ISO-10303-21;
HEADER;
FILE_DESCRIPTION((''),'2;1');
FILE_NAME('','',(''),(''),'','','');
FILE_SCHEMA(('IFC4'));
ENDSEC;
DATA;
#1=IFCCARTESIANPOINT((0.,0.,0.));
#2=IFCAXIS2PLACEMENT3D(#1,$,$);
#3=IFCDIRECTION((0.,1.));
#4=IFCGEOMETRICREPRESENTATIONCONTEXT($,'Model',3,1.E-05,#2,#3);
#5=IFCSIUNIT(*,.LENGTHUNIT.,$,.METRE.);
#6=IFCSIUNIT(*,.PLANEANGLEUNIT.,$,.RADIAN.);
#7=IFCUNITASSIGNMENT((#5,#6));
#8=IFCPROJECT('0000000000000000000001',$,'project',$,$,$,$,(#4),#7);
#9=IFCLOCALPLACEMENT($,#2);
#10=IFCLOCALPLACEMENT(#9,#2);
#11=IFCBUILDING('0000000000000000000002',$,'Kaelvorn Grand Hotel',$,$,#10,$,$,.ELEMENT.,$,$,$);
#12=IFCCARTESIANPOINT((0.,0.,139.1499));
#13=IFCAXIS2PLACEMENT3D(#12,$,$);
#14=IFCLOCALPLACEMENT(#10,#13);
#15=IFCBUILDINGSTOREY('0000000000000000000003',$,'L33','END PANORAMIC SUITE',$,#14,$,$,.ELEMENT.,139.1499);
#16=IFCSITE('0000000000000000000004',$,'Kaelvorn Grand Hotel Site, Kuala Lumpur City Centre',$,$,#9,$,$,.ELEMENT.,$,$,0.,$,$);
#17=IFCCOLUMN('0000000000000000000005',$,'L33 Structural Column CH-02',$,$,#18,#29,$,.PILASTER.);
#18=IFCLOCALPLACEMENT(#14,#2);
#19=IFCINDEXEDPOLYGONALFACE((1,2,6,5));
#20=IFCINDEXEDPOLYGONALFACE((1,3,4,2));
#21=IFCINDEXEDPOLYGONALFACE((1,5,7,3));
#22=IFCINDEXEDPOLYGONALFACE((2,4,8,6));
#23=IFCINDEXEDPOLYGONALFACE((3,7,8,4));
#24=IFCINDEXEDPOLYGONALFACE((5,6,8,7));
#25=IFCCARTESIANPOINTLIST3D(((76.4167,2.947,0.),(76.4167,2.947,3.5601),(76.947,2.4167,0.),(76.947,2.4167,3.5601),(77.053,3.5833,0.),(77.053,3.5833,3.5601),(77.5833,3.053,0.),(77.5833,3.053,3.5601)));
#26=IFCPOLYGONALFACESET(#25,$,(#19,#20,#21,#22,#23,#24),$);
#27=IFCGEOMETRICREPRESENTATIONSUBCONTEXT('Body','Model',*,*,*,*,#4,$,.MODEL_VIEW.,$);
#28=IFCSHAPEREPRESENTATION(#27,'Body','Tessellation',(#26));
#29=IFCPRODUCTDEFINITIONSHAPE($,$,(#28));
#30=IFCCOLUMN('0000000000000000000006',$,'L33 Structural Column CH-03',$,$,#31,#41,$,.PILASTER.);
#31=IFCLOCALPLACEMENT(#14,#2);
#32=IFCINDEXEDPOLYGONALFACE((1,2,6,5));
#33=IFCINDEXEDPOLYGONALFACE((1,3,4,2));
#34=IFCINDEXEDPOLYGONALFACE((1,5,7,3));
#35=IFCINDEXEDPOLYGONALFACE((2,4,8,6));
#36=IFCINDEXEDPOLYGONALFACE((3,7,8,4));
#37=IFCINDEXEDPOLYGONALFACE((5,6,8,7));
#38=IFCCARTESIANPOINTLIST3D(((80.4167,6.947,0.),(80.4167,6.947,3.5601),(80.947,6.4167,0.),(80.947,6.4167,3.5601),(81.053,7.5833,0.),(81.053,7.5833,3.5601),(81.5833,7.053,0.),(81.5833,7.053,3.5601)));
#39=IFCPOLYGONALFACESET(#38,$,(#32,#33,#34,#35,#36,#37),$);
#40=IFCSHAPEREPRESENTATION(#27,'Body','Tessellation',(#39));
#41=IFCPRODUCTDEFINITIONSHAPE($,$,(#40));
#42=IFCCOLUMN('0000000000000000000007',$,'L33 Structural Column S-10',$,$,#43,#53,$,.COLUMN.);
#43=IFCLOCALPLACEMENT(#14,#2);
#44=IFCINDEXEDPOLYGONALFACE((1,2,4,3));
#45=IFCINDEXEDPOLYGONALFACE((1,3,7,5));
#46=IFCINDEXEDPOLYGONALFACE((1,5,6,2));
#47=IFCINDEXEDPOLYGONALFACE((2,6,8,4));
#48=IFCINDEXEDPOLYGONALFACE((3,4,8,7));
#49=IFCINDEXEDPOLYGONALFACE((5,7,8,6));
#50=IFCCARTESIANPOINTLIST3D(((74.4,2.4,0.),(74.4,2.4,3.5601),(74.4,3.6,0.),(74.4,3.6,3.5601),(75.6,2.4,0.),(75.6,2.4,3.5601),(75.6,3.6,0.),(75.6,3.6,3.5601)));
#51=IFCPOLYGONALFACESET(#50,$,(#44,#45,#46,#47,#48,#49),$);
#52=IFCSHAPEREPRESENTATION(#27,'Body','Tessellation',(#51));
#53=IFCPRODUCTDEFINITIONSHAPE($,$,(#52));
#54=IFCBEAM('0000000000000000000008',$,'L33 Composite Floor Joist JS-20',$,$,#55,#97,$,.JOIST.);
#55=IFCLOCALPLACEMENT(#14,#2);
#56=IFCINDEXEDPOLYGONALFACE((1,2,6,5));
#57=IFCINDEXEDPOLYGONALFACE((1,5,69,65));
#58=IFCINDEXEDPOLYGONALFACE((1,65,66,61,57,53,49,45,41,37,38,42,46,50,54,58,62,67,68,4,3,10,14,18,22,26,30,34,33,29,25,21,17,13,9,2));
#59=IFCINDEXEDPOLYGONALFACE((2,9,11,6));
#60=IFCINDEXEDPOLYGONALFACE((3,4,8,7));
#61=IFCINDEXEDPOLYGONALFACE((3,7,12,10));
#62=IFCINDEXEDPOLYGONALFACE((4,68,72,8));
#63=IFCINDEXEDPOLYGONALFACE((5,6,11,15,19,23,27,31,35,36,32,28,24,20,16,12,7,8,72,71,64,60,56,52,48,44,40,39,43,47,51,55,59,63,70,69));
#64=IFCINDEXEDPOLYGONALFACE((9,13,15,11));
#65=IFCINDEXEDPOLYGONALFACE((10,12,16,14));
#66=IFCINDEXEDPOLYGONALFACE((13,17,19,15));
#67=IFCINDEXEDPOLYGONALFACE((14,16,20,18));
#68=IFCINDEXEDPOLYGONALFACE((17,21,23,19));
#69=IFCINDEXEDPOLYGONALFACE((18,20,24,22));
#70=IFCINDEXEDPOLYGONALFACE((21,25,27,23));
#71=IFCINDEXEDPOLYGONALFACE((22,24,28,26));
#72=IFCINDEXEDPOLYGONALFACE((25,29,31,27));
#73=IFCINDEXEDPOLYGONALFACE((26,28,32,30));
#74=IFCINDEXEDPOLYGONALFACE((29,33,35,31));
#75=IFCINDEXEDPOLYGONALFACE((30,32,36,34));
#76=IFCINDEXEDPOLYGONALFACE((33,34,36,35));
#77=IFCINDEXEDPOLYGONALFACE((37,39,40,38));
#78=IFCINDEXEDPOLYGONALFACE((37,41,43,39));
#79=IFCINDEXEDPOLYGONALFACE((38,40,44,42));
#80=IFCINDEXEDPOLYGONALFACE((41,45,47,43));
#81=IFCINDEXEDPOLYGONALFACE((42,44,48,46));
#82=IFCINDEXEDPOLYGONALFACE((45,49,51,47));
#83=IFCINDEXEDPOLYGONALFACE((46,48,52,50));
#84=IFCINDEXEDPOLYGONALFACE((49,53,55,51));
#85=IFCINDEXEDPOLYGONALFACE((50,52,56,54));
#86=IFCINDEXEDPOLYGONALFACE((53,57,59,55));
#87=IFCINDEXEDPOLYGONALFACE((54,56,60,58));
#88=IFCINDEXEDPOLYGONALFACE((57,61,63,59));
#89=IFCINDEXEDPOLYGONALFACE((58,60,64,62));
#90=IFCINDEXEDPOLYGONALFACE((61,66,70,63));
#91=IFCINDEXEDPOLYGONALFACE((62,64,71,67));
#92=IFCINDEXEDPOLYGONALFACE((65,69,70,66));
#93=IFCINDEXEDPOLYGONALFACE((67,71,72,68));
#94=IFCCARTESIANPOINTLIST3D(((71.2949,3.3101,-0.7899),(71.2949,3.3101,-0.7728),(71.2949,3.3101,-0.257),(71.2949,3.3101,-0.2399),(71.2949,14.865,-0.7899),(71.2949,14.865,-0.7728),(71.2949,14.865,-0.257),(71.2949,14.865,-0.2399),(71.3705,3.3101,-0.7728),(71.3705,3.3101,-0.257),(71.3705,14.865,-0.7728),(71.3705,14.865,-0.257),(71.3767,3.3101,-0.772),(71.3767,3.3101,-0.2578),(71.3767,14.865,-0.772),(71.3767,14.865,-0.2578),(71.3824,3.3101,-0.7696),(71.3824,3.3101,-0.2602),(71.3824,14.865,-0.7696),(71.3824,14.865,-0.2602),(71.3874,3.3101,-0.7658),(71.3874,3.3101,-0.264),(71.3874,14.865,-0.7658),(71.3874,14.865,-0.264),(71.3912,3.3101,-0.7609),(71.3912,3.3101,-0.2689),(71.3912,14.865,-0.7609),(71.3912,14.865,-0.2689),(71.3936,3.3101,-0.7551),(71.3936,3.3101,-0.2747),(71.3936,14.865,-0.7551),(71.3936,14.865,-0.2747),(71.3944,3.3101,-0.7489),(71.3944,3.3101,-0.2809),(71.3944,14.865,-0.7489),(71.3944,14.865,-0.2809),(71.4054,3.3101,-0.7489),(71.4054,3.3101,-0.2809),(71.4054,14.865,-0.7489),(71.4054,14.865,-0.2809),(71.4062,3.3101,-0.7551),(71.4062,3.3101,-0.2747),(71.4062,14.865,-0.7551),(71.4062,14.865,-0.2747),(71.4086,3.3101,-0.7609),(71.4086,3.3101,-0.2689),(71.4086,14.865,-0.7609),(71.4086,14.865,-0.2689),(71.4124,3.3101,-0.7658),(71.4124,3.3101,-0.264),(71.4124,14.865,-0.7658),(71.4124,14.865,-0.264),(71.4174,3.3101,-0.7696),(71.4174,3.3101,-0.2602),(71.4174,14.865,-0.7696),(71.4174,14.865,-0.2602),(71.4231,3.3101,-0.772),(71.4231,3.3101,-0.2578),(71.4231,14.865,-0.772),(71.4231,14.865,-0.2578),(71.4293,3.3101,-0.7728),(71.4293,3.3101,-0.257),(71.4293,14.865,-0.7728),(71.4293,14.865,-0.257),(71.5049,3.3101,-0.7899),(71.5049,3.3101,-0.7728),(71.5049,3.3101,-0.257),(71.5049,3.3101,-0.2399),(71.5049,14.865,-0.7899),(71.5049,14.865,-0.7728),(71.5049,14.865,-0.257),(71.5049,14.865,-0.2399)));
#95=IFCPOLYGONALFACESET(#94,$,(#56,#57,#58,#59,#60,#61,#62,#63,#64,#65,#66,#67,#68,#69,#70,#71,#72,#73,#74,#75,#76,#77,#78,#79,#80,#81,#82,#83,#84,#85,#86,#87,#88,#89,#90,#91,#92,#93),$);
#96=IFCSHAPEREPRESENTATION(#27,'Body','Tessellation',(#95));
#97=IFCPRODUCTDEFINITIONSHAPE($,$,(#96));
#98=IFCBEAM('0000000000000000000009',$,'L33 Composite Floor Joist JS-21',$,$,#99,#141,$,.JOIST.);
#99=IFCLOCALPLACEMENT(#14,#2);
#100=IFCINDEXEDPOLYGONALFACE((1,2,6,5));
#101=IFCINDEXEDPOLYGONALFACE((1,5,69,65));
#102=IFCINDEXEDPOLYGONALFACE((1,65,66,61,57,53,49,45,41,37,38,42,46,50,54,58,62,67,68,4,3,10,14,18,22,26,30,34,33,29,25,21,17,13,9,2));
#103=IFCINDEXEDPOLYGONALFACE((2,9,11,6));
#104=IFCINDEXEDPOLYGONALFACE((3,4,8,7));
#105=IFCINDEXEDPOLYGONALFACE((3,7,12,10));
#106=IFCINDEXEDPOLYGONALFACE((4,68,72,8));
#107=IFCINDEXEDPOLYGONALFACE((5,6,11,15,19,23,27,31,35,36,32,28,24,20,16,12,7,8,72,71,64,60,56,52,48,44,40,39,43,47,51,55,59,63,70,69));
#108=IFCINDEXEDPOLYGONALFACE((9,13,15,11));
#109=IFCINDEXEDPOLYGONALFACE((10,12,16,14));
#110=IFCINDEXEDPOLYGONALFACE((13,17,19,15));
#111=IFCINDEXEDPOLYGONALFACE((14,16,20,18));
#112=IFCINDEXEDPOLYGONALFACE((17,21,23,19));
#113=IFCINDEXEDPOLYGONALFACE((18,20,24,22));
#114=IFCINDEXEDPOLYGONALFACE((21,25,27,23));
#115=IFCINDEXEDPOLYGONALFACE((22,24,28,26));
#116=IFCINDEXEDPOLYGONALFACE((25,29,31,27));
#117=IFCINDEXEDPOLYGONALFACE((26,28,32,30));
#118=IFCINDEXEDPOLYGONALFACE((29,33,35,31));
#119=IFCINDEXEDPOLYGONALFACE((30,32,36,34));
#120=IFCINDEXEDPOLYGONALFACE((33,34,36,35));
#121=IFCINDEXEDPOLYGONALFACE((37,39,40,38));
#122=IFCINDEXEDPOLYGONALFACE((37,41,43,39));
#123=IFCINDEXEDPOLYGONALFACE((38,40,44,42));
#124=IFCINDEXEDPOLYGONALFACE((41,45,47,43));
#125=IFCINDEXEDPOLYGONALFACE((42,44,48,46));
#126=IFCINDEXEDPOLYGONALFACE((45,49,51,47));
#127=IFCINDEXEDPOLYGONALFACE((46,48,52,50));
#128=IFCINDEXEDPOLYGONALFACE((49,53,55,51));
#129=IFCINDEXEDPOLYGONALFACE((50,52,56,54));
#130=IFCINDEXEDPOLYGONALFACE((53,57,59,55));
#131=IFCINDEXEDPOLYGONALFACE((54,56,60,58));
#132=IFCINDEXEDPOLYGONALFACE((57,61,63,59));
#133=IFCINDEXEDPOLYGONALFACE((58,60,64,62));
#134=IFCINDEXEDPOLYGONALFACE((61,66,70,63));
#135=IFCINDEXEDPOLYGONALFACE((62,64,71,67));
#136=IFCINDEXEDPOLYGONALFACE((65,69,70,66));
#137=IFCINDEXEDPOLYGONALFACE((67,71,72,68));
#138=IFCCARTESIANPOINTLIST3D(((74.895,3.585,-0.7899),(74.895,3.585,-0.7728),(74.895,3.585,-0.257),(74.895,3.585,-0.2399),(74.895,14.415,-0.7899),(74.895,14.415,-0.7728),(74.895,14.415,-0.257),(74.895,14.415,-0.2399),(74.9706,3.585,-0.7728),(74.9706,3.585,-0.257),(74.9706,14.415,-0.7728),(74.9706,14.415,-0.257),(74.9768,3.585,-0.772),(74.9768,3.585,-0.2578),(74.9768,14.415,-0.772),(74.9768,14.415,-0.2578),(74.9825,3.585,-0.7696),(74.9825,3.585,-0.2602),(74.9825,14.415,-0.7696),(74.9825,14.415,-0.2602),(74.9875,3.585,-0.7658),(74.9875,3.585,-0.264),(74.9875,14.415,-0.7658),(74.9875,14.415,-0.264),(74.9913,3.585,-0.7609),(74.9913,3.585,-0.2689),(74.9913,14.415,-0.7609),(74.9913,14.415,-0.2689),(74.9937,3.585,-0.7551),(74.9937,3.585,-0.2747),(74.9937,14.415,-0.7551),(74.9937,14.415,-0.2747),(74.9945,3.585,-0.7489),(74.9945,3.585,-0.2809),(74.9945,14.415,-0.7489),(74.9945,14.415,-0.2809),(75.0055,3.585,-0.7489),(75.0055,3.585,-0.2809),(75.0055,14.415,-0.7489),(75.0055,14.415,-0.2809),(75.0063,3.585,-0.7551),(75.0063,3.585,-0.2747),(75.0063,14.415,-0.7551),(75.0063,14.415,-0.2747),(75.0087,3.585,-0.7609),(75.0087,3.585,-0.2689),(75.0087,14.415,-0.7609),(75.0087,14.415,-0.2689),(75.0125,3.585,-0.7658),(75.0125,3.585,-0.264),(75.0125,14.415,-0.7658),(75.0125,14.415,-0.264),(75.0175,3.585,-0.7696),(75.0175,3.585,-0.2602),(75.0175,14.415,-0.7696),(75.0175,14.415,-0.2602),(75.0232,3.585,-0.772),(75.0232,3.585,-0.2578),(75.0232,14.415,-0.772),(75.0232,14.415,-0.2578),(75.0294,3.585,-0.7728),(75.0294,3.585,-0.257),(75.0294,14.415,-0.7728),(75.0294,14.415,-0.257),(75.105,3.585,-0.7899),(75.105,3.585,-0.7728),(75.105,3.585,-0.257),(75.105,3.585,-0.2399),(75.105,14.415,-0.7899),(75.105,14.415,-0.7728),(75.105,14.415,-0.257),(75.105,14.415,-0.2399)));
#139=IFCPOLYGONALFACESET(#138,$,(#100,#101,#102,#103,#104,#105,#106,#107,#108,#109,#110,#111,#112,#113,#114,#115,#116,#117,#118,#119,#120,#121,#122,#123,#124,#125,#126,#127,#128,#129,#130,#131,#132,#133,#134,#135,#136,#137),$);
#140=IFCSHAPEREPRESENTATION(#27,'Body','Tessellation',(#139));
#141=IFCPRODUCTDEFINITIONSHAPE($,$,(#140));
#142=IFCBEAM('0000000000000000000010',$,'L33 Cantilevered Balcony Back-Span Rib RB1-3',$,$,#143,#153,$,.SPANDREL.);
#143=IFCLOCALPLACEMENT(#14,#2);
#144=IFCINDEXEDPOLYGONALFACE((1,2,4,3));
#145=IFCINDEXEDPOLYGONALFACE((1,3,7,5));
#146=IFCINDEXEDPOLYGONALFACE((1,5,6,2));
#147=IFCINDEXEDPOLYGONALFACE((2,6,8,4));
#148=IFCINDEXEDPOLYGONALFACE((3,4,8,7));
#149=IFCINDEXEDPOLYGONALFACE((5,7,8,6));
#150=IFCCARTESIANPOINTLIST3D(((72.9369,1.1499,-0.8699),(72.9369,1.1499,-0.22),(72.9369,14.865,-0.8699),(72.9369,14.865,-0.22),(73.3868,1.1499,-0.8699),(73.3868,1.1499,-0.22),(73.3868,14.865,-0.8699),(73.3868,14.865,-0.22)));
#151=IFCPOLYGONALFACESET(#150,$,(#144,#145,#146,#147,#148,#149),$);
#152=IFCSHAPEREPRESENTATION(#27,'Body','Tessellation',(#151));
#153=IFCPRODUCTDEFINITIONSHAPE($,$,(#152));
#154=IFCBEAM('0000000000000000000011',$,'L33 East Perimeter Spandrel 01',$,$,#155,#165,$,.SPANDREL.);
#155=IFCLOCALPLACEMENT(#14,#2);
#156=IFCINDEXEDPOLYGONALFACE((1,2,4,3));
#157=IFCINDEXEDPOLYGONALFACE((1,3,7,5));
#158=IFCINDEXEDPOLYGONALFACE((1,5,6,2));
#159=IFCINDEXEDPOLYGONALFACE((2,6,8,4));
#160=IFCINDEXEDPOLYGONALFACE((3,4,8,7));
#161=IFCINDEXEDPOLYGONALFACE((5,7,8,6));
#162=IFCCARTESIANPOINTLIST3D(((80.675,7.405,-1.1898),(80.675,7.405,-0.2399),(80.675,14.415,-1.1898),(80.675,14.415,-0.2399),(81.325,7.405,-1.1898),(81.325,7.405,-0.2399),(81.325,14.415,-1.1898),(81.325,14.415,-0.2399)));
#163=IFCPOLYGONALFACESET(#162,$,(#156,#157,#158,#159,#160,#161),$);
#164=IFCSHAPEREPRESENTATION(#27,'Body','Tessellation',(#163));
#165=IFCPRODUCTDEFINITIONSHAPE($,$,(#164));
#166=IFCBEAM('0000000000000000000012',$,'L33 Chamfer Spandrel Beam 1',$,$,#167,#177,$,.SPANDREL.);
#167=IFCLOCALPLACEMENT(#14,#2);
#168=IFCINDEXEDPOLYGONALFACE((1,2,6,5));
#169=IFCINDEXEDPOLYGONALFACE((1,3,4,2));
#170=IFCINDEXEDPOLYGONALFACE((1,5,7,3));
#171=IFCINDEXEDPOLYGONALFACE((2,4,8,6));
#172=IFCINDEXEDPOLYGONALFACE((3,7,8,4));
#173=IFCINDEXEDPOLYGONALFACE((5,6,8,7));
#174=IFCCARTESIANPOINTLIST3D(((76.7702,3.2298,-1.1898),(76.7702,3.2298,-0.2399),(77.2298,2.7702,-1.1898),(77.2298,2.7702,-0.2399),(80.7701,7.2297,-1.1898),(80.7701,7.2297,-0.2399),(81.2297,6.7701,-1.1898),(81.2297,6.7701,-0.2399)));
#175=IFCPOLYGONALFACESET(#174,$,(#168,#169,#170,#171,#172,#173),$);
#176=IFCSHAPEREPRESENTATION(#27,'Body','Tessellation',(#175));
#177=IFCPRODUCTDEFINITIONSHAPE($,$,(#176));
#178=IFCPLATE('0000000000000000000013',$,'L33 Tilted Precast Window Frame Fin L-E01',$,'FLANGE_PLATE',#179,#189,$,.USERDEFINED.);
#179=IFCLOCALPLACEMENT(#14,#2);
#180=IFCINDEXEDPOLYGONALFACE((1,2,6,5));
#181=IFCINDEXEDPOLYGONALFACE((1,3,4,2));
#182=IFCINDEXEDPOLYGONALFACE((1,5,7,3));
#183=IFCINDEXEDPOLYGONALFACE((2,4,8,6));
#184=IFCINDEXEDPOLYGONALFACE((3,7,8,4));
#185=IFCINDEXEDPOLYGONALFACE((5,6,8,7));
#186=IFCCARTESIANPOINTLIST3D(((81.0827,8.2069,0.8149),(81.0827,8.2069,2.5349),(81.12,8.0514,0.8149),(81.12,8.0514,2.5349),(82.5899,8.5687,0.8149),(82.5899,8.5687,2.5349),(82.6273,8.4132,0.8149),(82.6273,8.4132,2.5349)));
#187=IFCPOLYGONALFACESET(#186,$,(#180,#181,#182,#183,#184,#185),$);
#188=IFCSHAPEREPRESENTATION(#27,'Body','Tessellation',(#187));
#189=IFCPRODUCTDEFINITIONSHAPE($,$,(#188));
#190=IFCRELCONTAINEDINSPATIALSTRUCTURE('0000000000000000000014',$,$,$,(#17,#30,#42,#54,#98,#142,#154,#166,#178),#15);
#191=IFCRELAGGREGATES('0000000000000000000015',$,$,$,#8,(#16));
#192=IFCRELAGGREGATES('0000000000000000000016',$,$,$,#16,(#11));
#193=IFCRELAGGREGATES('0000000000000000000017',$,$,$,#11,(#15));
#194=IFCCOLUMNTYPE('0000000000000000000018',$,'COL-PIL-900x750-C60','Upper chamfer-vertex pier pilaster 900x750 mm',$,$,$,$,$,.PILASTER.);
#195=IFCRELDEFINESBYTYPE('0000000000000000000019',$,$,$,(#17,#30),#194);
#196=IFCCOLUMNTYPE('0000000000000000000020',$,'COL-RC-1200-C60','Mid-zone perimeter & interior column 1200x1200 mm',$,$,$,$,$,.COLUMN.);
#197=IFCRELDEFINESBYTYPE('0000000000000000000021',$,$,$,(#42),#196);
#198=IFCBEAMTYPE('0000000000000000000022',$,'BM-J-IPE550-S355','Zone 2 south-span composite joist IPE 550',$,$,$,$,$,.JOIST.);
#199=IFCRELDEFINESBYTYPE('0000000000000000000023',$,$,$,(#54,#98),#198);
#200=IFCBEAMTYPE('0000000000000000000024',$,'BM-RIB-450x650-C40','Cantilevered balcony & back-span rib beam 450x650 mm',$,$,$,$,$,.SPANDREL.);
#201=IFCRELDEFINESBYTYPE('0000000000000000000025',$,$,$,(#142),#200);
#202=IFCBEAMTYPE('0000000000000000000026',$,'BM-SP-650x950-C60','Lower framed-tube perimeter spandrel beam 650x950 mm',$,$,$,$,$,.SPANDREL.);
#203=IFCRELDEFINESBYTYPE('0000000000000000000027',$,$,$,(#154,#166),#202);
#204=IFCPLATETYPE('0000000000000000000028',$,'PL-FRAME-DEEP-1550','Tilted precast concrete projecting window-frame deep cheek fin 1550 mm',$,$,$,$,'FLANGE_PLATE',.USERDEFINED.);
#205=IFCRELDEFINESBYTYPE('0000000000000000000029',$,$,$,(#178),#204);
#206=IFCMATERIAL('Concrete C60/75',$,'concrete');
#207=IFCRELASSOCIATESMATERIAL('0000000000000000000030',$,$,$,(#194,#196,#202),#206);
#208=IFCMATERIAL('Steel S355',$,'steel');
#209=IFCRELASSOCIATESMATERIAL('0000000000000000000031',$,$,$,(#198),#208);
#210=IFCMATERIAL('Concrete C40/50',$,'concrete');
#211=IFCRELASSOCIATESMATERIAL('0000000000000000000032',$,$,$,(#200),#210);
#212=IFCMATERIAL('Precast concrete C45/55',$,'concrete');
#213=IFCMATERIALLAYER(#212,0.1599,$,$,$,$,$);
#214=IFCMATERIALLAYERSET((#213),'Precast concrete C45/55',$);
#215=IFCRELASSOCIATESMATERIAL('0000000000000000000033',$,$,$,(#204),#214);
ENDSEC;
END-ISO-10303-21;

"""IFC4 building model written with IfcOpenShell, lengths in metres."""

from ifc_helpers import new_model, si_unit, direction, frame, origin, origin_2d, place, context, subcontext, project, spatial, rectangle, i_section, extrude, material, layer, layer_set, material_profile, profile_set, type_object, element, save


model = new_model("IFC4")

# Units and contexts
model_context = context("Model", 3, precision=1e-05, world=origin(), true_north=direction((0.0, 1.0)))
body_context = subcontext(model_context, "Body", "Model", "MODEL_VIEW")
ifc_project = project(units=[si_unit("LENGTHUNIT", "METRE"), si_unit("PLANEANGLEUNIT", "RADIAN")], contexts=[model_context])

# Site, building, storey
site_placement = place(None, origin())
site = spatial("IfcSite", under=ifc_project, at=site_placement, Name="Kaelvorn Grand Hotel Site, Kuala Lumpur City Centre", CompositionType="ELEMENT", RefElevation=0.0)
building_placement = place(site_placement, origin())
building = spatial("IfcBuilding", under=site, at=building_placement, Name="Kaelvorn Grand Hotel", CompositionType="ELEMENT")
storey_placement = place(building_placement, frame((0.0, 0.0, 139.1499)))
storey = spatial("IfcBuildingStorey", under=building, at=storey_placement, Name="L33", Description="END PANORAMIC SUITE", CompositionType="ELEMENT", Elevation=139.1499)

# Columns
ifc_material_1 = material(Name="Concrete C60/75", Category="concrete")
ifc_material_profile_1 = material_profile(ifc_material_1, rectangle(XDim=0.8999, YDim=0.75, at=origin_2d()), Name="RC PILASTER 900x750")
ifc_profile_set_1 = profile_set([ifc_material_profile_1], Name="Concrete C60/75")
column_type_1 = type_object("IfcColumnType", Name="COL-PIL-900x750-C60", Description="Upper chamfer-vertex pier pilaster 900x750 mm", PredefinedType="PILASTER", material=ifc_profile_set_1)
for number, where, z_axis, x_axis, name in (
    (1, (77.0, 3.0, 0.0), (0.0, 0.0, 1.0), (0.707107, 0.707107, 0.0), "L33 Structural Column CH-02"),
    (2, (81.0, 7.0, 0.0), (0.0, 0.0, 1.0), (0.707107, 0.707107, 0.0), "L33 Structural Column CH-03"),
):
    element("IfcColumn", number, at=place(storey_placement, frame(where, z_axis=z_axis, x_axis=x_axis)), inside=storey, type_object=column_type_1, Name=name, PredefinedType="PILASTER", context=body_context, shape_type="SweptSolid", body=[
        extrude(rectangle(XDim=0.8999, YDim=0.75, at=origin_2d()), origin(), (0.0, 0.0, 1.0), 3.5601),
    ])
ifc_material_profile_2 = material_profile(ifc_material_1, rectangle(XDim=1.2, YDim=1.2, at=origin_2d()), Name="RC COL 1200x1200")
ifc_profile_set_2 = profile_set([ifc_material_profile_2], Name="Concrete C60/75")
column_type_2 = type_object("IfcColumnType", Name="COL-RC-1200-C60", Description="Mid-zone perimeter & interior column 1200x1200 mm", PredefinedType="COLUMN", material=ifc_profile_set_2)
column_placement = place(storey_placement, frame((75.0, 3.0, 0.0), z_axis=(0.0, 0.0, 1.0), x_axis=(1.0, 0.0, 0.0)))
element("IfcColumn", 3, at=column_placement, inside=storey, type_object=column_type_2, Name="L33 Structural Column S-10", PredefinedType="COLUMN", context=body_context, shape_type="SweptSolid", body=[
    extrude(rectangle(XDim=1.2, YDim=1.2, at=origin_2d()), origin(), (0.0, 0.0, 1.0), 3.5601),
])

# Beams
ifc_material_2 = material(Name="Steel S355", Category="steel")
ifc_material_profile_3 = material_profile(ifc_material_2, i_section(OverallWidth=0.21, OverallDepth=0.55, WebThickness=0.011, FlangeThickness=0.0171, FilletRadius=0.0239, at=origin_2d()), Name="IPE 550")
ifc_profile_set_3 = profile_set([ifc_material_profile_3], Name="Steel S355")
beam_type_1 = type_object("IfcBeamType", Name="BM-J-IPE550-S355", Description="Zone 2 south-span composite joist IPE 550", PredefinedType="JOIST", material=ifc_profile_set_3)
beam_1_placement = place(storey_placement, frame((71.3999, 3.3101, -0.5149), z_axis=(0.0, 1.0, 0.0), x_axis=(-1.0, 0.0, 0.0)))
element("IfcBeam", 4, at=beam_1_placement, inside=storey, type_object=beam_type_1, Name="L33 Composite Floor Joist JS-20", PredefinedType="JOIST", context=body_context, shape_type="SweptSolid", body=[
    extrude(i_section(OverallWidth=0.21, OverallDepth=0.55, WebThickness=0.011, FlangeThickness=0.0171, FilletRadius=0.0239, at=origin_2d()), origin(), (0.0, 0.0, 1.0), 11.5549),
])
beam_2_placement = place(storey_placement, frame((75.0, 3.585, -0.5149), z_axis=(0.0, 1.0, 0.0), x_axis=(-1.0, 0.0, 0.0)))
element("IfcBeam", 5, at=beam_2_placement, inside=storey, type_object=beam_type_1, Name="L33 Composite Floor Joist JS-21", PredefinedType="JOIST", context=body_context, shape_type="SweptSolid", body=[
    extrude(i_section(OverallWidth=0.21, OverallDepth=0.55, WebThickness=0.011, FlangeThickness=0.0171, FilletRadius=0.0239, at=origin_2d()), origin(), (0.0, 0.0, 1.0), 10.8301),
])
ifc_material_3 = material(Name="Concrete C40/50", Category="concrete")
ifc_material_profile_4 = material_profile(ifc_material_3, rectangle(XDim=0.45, YDim=0.6499, at=origin_2d()), Name="RC RIB 450x650")
ifc_profile_set_4 = profile_set([ifc_material_profile_4], Name="Concrete C40/50")
beam_type_2 = type_object("IfcBeamType", Name="BM-RIB-450x650-C40", Description="Cantilevered balcony & back-span rib beam 450x650 mm", PredefinedType="SPANDREL", material=ifc_profile_set_4)
beam_3_placement = place(storey_placement, frame((73.1619, 1.1499, -0.5449), z_axis=(0.0, 1.0, 0.0), x_axis=(-1.0, 0.0, 0.0)))
element("IfcBeam", 6, at=beam_3_placement, inside=storey, type_object=beam_type_2, Name="L33 Cantilevered Balcony Back-Span Rib RB1-3", PredefinedType="SPANDREL", context=body_context, shape_type="SweptSolid", body=[
    extrude(rectangle(XDim=0.45, YDim=0.6499, at=origin_2d()), origin(), (0.0, 0.0, 1.0), 13.7151),
])
ifc_material_profile_5 = material_profile(ifc_material_1, rectangle(XDim=0.6499, YDim=0.95, at=origin_2d()), Name="RC SPANDREL 650x950")
ifc_profile_set_5 = profile_set([ifc_material_profile_5], Name="Concrete C60/75")
beam_type_3 = type_object("IfcBeamType", Name="BM-SP-650x950-C60", Description="Lower framed-tube perimeter spandrel beam 650x950 mm", PredefinedType="SPANDREL", material=ifc_profile_set_5)
beam_4_placement = place(storey_placement, frame((81.0, 7.405, -0.7148), z_axis=(0.0, 1.0, 0.0), x_axis=(-1.0, 0.0, 0.0)))
element("IfcBeam", 7, at=beam_4_placement, inside=storey, type_object=beam_type_3, Name="L33 East Perimeter Spandrel 01", PredefinedType="SPANDREL", context=body_context, shape_type="SweptSolid", body=[
    extrude(rectangle(XDim=0.6499, YDim=0.95, at=origin_2d()), origin(), (0.0, 0.0, 1.0), 7.01),
])
beam_5_placement = place(storey_placement, frame((77.0, 3.0, -0.7148), z_axis=(0.707107, 0.707107, 0.0), x_axis=(-0.707107, 0.707107, 0.0)))
element("IfcBeam", 8, at=beam_5_placement, inside=storey, type_object=beam_type_3, Name="L33 Chamfer Spandrel Beam 1", PredefinedType="SPANDREL", context=body_context, shape_type="SweptSolid", body=[
    extrude(rectangle(XDim=0.6499, YDim=0.95, at=origin_2d()), origin(), (0.0, 0.0, 1.0), 5.6567),
])

# Plate
ifc_material_4 = material(Name="Precast concrete C45/55", Category="concrete")
ifc_layer_1 = layer(ifc_material_4, 0.1599)
ifc_layer_set_1 = layer_set([ifc_layer_1], Name="Precast concrete C45/55")
plate_type_1 = type_object("IfcPlateType", Name="PL-FRAME-DEEP-1550", Description="Tilted precast concrete projecting window-frame deep cheek fin 1550 mm", ElementType="FLANGE_PLATE", PredefinedType="USERDEFINED", material=ifc_layer_set_1)
plate_1_placement = place(storey_placement, frame((81.855, 8.3101, 0.8149), z_axis=(0.0, 0.0, 1.0), x_axis=(-0.233445, 0.97237, 0.0)))
element("IfcPlate", 9, at=plate_1_placement, inside=storey, type_object=plate_type_1, Name="L33 Tilted Precast Window Frame Fin L-E01", ObjectType="FLANGE_PLATE", PredefinedType="USERDEFINED", context=body_context, shape_type="SweptSolid", body=[
    extrude(rectangle(XDim=0.1599, YDim=1.55, at=origin_2d()), origin(), (0.0, 0.0, 1.0), 1.72),
])

save(model, "model.ifc")
